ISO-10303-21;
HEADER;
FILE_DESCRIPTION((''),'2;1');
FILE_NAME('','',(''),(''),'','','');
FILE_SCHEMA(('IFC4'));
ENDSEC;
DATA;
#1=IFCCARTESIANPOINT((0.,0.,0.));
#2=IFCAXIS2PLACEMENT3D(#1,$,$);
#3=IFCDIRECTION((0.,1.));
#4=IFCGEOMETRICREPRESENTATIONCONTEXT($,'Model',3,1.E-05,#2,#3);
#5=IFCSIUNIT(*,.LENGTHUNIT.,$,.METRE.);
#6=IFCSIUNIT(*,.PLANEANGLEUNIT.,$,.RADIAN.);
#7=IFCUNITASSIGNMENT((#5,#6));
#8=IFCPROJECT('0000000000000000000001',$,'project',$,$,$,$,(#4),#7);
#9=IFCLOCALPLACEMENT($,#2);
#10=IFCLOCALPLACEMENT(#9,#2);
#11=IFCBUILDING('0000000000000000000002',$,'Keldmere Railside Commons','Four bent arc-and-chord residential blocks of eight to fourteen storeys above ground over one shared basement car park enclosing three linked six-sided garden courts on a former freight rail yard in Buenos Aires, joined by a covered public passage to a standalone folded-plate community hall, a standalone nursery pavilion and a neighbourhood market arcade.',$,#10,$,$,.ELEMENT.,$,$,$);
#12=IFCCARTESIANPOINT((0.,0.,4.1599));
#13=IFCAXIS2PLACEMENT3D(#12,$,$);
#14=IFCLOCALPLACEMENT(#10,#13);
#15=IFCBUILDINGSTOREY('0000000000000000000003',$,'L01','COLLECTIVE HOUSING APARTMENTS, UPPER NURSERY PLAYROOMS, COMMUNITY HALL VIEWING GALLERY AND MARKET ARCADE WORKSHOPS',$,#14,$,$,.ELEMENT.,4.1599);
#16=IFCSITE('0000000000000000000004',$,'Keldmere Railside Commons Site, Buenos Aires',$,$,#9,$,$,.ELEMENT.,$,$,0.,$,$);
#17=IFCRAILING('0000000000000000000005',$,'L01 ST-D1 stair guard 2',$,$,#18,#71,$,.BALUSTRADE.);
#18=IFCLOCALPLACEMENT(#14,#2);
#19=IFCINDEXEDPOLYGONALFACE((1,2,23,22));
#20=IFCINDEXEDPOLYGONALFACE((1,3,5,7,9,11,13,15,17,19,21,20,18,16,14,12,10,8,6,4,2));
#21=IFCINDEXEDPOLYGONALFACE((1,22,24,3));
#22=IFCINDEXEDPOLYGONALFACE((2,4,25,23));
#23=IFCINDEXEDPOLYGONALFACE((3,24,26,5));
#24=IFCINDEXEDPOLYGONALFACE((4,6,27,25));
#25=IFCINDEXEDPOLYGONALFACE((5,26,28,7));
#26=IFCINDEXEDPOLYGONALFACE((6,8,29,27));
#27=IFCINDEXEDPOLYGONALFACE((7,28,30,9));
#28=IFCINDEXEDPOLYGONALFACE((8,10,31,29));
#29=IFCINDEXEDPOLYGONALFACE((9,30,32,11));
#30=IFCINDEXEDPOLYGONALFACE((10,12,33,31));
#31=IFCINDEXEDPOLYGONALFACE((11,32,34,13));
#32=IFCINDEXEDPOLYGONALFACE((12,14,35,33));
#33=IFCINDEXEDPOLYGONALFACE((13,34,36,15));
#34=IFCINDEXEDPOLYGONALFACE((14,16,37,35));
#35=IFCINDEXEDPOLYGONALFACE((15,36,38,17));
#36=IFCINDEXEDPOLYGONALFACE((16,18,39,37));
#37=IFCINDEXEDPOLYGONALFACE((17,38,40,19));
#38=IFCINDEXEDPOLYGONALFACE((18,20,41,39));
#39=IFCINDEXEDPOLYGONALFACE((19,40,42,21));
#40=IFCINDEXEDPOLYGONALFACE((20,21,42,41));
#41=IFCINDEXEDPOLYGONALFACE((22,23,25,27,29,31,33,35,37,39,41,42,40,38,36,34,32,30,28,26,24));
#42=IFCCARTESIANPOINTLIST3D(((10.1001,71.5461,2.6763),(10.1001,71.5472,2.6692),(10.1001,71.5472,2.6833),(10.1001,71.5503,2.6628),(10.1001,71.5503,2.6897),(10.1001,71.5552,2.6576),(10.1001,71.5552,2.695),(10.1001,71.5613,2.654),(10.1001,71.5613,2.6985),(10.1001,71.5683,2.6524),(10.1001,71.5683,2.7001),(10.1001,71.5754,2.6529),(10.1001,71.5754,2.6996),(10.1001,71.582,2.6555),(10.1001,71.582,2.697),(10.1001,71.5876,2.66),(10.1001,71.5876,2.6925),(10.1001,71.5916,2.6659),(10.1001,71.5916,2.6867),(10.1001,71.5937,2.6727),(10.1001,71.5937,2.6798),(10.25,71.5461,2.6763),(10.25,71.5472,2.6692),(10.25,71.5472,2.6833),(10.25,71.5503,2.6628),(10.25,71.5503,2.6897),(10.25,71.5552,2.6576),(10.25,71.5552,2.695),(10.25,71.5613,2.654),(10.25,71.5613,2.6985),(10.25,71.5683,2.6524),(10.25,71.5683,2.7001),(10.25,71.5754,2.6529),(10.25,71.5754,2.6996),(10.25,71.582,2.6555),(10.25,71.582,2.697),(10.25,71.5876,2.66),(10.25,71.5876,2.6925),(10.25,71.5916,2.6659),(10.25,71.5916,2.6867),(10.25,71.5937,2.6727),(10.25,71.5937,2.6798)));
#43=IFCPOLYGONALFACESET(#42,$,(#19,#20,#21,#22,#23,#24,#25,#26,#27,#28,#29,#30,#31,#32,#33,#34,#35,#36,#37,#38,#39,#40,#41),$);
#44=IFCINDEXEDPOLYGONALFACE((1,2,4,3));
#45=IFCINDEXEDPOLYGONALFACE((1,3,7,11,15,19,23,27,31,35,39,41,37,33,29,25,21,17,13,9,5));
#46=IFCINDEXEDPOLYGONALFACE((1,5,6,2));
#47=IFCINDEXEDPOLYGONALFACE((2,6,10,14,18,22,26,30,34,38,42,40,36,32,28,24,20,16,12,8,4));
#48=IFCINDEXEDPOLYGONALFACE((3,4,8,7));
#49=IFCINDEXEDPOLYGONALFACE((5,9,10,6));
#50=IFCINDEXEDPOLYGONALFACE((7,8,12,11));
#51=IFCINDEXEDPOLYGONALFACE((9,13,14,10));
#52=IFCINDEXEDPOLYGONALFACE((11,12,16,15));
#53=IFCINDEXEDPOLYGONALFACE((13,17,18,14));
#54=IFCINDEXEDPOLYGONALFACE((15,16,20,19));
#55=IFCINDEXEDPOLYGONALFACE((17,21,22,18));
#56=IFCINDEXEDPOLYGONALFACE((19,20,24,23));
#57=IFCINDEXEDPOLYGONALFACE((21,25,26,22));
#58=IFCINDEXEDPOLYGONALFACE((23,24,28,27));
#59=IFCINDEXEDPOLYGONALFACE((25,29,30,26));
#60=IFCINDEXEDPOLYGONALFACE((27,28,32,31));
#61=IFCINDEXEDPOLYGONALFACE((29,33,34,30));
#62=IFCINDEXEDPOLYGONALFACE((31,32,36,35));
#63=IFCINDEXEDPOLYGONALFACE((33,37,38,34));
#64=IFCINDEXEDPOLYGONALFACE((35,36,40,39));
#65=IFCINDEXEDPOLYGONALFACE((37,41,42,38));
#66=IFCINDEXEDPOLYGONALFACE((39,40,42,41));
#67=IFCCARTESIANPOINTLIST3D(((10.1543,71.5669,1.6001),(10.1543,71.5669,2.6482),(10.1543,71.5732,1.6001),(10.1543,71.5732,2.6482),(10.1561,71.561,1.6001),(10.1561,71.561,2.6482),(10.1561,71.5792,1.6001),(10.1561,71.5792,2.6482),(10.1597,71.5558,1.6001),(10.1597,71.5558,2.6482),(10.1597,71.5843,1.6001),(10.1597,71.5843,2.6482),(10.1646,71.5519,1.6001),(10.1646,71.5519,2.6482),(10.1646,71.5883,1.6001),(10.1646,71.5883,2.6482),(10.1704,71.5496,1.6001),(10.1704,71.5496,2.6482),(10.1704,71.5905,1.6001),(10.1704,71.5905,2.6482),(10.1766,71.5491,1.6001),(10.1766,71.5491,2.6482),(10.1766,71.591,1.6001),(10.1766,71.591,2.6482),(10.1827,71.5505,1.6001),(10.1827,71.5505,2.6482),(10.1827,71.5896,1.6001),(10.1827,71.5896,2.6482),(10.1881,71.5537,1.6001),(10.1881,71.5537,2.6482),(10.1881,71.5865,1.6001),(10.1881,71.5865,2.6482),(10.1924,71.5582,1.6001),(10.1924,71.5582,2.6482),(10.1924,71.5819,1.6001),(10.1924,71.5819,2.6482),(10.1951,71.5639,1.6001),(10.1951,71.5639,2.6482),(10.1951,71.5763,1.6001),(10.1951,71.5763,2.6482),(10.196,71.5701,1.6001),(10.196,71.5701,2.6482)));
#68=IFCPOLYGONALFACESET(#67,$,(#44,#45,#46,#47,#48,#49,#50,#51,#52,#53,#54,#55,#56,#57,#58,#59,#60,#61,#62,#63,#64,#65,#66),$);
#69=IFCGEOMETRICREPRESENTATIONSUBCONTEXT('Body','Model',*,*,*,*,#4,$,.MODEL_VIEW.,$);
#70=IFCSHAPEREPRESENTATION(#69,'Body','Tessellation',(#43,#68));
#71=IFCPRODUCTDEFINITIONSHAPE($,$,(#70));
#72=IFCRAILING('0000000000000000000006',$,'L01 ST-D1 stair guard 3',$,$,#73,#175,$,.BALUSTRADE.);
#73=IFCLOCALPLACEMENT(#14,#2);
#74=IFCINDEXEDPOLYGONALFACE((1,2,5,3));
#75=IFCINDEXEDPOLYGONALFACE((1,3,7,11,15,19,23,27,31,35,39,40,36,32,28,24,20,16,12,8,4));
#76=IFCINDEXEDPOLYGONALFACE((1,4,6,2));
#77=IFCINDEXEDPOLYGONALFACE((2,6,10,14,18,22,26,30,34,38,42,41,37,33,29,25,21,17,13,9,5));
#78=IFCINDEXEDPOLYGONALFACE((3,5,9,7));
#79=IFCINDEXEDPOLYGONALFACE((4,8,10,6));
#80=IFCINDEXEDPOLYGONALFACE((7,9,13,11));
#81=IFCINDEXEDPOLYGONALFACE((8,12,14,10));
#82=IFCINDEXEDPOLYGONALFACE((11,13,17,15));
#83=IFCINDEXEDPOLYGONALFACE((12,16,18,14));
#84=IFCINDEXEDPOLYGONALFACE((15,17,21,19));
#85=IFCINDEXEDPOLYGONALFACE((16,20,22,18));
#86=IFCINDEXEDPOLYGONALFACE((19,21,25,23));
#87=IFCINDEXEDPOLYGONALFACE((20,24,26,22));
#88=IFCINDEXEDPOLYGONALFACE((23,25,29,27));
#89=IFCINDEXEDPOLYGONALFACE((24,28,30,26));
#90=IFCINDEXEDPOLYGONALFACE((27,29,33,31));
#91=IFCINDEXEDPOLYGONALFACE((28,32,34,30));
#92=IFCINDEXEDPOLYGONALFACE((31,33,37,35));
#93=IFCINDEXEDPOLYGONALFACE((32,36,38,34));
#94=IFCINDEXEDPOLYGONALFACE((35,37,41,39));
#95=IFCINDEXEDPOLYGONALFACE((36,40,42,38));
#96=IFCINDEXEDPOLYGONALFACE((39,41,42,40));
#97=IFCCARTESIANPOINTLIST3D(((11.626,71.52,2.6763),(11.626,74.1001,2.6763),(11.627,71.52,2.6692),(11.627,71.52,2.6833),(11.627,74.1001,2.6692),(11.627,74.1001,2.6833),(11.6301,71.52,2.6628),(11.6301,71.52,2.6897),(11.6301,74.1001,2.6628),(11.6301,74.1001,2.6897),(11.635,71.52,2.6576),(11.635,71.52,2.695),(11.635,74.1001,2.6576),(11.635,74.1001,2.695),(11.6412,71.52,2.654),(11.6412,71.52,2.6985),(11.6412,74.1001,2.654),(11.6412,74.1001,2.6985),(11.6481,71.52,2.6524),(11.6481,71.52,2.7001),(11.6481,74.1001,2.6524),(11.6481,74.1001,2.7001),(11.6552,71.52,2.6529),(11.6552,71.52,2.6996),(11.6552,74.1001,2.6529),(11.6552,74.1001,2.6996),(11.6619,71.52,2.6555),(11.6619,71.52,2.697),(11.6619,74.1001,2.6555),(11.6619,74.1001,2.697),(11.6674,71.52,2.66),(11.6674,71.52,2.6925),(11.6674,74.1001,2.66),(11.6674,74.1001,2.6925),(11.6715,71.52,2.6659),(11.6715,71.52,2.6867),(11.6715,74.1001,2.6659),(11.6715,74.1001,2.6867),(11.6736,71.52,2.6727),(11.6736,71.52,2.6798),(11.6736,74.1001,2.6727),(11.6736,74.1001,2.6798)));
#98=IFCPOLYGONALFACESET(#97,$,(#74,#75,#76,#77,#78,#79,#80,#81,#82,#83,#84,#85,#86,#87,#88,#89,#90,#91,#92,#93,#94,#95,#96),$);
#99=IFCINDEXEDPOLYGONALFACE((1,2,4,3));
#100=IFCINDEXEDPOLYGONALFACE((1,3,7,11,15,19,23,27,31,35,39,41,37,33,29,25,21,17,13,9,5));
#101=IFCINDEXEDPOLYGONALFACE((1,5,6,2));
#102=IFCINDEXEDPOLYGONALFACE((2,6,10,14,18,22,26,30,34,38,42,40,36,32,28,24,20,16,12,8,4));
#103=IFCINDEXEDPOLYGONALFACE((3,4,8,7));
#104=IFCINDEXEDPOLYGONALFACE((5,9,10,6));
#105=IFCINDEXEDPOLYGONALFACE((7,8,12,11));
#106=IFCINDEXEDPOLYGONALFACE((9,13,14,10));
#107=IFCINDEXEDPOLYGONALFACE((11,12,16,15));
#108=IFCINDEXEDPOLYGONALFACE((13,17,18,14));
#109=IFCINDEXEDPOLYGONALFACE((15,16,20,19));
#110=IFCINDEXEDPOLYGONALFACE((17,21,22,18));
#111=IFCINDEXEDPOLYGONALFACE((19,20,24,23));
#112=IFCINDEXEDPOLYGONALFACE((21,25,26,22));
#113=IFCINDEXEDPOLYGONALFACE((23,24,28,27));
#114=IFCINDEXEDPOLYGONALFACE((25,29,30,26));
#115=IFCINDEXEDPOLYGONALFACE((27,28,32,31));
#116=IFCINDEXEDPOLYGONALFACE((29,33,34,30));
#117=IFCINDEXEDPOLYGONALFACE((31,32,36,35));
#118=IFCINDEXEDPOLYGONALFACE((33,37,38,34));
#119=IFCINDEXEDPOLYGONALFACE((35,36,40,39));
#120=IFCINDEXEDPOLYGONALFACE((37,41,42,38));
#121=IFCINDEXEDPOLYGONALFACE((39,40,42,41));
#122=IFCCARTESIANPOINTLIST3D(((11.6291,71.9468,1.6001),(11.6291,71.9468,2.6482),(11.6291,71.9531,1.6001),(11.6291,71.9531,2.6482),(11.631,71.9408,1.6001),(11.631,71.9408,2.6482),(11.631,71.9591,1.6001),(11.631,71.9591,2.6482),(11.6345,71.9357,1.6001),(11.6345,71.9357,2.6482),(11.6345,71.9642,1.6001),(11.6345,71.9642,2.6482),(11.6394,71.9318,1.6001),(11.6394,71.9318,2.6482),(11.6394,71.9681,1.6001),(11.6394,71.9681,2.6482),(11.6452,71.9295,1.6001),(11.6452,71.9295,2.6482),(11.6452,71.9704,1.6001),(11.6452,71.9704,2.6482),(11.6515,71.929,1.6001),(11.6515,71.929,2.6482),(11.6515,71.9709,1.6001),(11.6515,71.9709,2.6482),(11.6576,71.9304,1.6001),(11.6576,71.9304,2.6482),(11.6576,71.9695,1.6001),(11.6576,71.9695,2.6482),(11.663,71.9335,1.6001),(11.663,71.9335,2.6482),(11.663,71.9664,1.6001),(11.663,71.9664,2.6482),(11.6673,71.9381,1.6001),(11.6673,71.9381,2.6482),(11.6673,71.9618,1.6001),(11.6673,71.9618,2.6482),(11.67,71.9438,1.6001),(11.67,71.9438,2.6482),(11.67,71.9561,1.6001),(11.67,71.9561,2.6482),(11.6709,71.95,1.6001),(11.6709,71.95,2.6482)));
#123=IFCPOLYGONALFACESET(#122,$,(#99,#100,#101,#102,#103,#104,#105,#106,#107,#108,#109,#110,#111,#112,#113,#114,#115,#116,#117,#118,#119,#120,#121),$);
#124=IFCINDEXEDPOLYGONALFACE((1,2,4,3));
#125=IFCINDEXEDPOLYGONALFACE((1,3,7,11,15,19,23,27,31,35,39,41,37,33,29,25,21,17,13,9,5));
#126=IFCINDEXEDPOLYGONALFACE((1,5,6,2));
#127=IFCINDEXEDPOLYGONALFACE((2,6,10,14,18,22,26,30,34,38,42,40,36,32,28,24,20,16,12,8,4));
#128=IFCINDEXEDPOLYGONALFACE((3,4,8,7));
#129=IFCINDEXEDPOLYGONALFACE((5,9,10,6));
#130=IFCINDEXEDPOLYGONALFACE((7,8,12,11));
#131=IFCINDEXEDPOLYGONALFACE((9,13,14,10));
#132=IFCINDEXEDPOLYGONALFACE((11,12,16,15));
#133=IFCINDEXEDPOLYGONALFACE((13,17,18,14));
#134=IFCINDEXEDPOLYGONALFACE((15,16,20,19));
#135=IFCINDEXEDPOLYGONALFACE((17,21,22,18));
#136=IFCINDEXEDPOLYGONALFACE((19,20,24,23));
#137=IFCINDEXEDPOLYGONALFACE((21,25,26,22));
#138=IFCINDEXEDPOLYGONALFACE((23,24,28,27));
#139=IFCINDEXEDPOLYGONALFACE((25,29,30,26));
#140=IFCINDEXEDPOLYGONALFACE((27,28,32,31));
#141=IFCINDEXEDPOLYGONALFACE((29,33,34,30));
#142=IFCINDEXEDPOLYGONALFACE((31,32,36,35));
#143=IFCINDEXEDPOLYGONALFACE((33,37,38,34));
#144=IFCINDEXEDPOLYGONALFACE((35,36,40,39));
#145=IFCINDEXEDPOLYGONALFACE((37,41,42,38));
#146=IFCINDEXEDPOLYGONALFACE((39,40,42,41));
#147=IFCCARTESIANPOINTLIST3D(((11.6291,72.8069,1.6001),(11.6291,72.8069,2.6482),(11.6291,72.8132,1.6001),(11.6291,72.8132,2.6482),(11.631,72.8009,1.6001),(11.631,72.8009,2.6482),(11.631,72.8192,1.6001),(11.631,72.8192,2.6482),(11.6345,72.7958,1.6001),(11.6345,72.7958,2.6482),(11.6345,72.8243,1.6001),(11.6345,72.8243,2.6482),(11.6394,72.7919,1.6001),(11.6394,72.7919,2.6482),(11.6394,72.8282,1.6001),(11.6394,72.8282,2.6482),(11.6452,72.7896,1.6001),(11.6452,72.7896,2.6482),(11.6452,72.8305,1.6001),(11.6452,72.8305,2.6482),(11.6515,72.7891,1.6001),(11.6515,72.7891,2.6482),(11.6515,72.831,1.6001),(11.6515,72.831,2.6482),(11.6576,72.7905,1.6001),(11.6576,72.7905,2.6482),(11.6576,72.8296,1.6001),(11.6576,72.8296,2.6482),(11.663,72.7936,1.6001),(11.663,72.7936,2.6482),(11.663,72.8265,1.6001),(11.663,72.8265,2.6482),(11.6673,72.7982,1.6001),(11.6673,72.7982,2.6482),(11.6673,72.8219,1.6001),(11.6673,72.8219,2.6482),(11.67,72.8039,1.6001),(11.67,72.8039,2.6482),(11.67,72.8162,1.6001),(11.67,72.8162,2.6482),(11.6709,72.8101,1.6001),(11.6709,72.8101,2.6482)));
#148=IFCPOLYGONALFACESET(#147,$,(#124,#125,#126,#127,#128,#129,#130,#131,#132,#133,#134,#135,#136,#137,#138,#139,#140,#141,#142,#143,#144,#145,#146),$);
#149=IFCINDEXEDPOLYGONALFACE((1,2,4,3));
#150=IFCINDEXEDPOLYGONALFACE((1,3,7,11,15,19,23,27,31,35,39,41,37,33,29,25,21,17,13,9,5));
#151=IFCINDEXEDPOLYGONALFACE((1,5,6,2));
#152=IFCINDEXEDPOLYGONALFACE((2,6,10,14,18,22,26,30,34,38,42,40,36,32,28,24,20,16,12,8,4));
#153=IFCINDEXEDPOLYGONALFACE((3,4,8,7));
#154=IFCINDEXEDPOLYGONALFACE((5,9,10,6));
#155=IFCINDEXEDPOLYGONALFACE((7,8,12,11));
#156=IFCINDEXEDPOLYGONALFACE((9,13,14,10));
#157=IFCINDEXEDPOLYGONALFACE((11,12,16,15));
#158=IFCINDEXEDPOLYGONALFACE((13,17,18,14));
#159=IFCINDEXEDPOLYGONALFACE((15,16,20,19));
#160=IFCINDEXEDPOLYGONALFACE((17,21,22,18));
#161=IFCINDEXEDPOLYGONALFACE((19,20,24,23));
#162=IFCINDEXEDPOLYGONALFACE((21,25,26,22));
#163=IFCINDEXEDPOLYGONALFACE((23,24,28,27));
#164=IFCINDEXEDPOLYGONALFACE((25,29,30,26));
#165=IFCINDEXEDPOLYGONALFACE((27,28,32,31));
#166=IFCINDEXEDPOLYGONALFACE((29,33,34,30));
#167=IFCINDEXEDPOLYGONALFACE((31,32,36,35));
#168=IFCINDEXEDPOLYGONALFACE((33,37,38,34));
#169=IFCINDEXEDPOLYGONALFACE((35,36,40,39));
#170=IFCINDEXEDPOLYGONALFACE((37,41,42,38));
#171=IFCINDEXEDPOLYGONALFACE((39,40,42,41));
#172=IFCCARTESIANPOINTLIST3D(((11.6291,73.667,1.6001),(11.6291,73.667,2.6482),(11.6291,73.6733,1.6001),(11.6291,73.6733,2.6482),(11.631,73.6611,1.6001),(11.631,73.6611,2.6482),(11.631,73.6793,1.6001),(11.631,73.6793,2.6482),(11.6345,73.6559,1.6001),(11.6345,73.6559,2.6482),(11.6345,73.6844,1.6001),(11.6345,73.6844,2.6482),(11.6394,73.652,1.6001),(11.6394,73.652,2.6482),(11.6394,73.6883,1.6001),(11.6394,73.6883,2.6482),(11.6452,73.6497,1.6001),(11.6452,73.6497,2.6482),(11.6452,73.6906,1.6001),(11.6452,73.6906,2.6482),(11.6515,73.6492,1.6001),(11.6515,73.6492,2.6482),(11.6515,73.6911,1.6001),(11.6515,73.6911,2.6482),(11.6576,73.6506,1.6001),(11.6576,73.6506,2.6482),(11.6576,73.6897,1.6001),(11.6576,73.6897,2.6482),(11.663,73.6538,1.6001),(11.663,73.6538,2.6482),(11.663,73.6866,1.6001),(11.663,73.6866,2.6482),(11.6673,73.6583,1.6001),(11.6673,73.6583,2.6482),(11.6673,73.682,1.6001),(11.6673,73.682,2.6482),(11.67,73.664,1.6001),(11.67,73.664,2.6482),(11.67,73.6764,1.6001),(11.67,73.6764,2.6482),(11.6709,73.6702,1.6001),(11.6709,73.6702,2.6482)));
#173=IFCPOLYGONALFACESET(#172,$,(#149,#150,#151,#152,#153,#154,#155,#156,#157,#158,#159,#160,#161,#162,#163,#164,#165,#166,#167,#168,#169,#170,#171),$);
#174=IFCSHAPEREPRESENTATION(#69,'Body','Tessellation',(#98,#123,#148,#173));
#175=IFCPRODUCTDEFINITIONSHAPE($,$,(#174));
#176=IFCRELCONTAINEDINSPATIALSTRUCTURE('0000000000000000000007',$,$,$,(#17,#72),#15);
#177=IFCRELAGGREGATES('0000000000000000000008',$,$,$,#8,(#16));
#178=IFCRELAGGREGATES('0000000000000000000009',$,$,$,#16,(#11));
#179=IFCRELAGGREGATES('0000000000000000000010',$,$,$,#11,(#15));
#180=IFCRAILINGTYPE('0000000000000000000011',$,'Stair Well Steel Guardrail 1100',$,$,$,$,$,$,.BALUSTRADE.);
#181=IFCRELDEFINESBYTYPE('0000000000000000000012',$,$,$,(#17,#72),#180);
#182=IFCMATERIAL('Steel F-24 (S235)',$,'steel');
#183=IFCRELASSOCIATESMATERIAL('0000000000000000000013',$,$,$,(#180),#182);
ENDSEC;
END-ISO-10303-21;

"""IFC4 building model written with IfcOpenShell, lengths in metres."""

from ifc_helpers import new_model, si_unit, direction, frame, origin, origin_2d, place, context, subcontext, project, spatial, circle, extrude, material, type_object, element, save


model = new_model("IFC4")

# Units and contexts
model_context = context("Model", 3, precision=1e-05, world=origin(), true_north=direction((0.0, 1.0)))
body_context = subcontext(model_context, "Body", "Model", "MODEL_VIEW")
ifc_project = project(units=[si_unit("LENGTHUNIT", "METRE"), si_unit("PLANEANGLEUNIT", "RADIAN")], contexts=[model_context])

# Site, building, storey
site_placement = place(None, origin())
site = spatial("IfcSite", under=ifc_project, at=site_placement, Name="Keldmere Railside Commons Site, Buenos Aires", CompositionType="ELEMENT", RefElevation=0.0)
building_placement = place(site_placement, origin())
building = spatial("IfcBuilding", under=site, at=building_placement, Name="Keldmere Railside Commons", Description="Four bent arc-and-chord residential blocks of eight to fourteen storeys above ground over one shared basement car park enclosing three linked six-sided garden courts on a former freight rail yard in Buenos Aires, joined by a covered public passage to a standalone folded-plate community hall, a standalone nursery pavilion and a neighbourhood market arcade.", CompositionType="ELEMENT")
storey_placement = place(building_placement, frame((0.0, 0.0, 4.1599)))
storey = spatial("IfcBuildingStorey", under=building, at=storey_placement, Name="L01", Description="COLLECTIVE HOUSING APARTMENTS, UPPER NURSERY PLAYROOMS, COMMUNITY HALL VIEWING GALLERY AND MARKET ARCADE WORKSHOPS", CompositionType="ELEMENT", Elevation=4.1599)

# Shared definitions
ifc_material_1 = material(Name="Steel F-24 (S235)", Category="steel")

# Railings
railing_type_1 = type_object("IfcRailingType", Name="Stair Well Steel Guardrail 1100", PredefinedType="BALUSTRADE", material=ifc_material_1)
railing_1_placement = place(storey_placement, frame((10.25, 71.5701, 1.6001)))
element("IfcRailing", 1, at=railing_1_placement, inside=storey, type_object=railing_type_1, Name="L01 ST-D1 stair guard 2", PredefinedType="BALUSTRADE", context=body_context, shape_type="SweptSolid", body=[
    extrude(circle(Radius=0.0239, at=origin_2d()), frame((0.0, 0.0, 1.0762), z_axis=(-1.0, 0.0, 0.0), x_axis=(0.0, -1.0, 0.0)), (0.0, 0.0, 1.0), 0.1499),
    extrude(circle(Radius=0.021, at=origin_2d()), frame((-0.075, 0.0, 0.0)), (0.0, 0.0, 1.0), 1.0481),
])
for number, where, name in (
    (2, (11.6499, 71.52, 1.6001), "L01 ST-D1 stair guard 3"),
):
    element("IfcRailing", number, at=place(storey_placement, frame(where)), inside=storey, type_object=railing_type_1, Name=name, PredefinedType="BALUSTRADE", context=body_context, shape_type="SweptSolid", body=[
        extrude(circle(Radius=0.0239, at=origin_2d()), frame((0.0, 0.0, 1.0762), z_axis=(0.0, 1.0, 0.0), x_axis=(-1.0, 0.0, 0.0)), (0.0, 0.0, 1.0), 2.5801),
        extrude(circle(Radius=0.021, at=origin_2d()), frame((0.0, 0.4299, 0.0)), (0.0, 0.0, 1.0), 1.0481),
        extrude(circle(Radius=0.021, at=origin_2d()), frame((0.0, 1.29, 0.0)), (0.0, 0.0, 1.0), 1.0481),
        extrude(circle(Radius=0.021, at=origin_2d()), frame((0.0, 2.1501, 0.0)), (0.0, 0.0, 1.0), 1.0481),
    ])

save(model, "model.ifc")
